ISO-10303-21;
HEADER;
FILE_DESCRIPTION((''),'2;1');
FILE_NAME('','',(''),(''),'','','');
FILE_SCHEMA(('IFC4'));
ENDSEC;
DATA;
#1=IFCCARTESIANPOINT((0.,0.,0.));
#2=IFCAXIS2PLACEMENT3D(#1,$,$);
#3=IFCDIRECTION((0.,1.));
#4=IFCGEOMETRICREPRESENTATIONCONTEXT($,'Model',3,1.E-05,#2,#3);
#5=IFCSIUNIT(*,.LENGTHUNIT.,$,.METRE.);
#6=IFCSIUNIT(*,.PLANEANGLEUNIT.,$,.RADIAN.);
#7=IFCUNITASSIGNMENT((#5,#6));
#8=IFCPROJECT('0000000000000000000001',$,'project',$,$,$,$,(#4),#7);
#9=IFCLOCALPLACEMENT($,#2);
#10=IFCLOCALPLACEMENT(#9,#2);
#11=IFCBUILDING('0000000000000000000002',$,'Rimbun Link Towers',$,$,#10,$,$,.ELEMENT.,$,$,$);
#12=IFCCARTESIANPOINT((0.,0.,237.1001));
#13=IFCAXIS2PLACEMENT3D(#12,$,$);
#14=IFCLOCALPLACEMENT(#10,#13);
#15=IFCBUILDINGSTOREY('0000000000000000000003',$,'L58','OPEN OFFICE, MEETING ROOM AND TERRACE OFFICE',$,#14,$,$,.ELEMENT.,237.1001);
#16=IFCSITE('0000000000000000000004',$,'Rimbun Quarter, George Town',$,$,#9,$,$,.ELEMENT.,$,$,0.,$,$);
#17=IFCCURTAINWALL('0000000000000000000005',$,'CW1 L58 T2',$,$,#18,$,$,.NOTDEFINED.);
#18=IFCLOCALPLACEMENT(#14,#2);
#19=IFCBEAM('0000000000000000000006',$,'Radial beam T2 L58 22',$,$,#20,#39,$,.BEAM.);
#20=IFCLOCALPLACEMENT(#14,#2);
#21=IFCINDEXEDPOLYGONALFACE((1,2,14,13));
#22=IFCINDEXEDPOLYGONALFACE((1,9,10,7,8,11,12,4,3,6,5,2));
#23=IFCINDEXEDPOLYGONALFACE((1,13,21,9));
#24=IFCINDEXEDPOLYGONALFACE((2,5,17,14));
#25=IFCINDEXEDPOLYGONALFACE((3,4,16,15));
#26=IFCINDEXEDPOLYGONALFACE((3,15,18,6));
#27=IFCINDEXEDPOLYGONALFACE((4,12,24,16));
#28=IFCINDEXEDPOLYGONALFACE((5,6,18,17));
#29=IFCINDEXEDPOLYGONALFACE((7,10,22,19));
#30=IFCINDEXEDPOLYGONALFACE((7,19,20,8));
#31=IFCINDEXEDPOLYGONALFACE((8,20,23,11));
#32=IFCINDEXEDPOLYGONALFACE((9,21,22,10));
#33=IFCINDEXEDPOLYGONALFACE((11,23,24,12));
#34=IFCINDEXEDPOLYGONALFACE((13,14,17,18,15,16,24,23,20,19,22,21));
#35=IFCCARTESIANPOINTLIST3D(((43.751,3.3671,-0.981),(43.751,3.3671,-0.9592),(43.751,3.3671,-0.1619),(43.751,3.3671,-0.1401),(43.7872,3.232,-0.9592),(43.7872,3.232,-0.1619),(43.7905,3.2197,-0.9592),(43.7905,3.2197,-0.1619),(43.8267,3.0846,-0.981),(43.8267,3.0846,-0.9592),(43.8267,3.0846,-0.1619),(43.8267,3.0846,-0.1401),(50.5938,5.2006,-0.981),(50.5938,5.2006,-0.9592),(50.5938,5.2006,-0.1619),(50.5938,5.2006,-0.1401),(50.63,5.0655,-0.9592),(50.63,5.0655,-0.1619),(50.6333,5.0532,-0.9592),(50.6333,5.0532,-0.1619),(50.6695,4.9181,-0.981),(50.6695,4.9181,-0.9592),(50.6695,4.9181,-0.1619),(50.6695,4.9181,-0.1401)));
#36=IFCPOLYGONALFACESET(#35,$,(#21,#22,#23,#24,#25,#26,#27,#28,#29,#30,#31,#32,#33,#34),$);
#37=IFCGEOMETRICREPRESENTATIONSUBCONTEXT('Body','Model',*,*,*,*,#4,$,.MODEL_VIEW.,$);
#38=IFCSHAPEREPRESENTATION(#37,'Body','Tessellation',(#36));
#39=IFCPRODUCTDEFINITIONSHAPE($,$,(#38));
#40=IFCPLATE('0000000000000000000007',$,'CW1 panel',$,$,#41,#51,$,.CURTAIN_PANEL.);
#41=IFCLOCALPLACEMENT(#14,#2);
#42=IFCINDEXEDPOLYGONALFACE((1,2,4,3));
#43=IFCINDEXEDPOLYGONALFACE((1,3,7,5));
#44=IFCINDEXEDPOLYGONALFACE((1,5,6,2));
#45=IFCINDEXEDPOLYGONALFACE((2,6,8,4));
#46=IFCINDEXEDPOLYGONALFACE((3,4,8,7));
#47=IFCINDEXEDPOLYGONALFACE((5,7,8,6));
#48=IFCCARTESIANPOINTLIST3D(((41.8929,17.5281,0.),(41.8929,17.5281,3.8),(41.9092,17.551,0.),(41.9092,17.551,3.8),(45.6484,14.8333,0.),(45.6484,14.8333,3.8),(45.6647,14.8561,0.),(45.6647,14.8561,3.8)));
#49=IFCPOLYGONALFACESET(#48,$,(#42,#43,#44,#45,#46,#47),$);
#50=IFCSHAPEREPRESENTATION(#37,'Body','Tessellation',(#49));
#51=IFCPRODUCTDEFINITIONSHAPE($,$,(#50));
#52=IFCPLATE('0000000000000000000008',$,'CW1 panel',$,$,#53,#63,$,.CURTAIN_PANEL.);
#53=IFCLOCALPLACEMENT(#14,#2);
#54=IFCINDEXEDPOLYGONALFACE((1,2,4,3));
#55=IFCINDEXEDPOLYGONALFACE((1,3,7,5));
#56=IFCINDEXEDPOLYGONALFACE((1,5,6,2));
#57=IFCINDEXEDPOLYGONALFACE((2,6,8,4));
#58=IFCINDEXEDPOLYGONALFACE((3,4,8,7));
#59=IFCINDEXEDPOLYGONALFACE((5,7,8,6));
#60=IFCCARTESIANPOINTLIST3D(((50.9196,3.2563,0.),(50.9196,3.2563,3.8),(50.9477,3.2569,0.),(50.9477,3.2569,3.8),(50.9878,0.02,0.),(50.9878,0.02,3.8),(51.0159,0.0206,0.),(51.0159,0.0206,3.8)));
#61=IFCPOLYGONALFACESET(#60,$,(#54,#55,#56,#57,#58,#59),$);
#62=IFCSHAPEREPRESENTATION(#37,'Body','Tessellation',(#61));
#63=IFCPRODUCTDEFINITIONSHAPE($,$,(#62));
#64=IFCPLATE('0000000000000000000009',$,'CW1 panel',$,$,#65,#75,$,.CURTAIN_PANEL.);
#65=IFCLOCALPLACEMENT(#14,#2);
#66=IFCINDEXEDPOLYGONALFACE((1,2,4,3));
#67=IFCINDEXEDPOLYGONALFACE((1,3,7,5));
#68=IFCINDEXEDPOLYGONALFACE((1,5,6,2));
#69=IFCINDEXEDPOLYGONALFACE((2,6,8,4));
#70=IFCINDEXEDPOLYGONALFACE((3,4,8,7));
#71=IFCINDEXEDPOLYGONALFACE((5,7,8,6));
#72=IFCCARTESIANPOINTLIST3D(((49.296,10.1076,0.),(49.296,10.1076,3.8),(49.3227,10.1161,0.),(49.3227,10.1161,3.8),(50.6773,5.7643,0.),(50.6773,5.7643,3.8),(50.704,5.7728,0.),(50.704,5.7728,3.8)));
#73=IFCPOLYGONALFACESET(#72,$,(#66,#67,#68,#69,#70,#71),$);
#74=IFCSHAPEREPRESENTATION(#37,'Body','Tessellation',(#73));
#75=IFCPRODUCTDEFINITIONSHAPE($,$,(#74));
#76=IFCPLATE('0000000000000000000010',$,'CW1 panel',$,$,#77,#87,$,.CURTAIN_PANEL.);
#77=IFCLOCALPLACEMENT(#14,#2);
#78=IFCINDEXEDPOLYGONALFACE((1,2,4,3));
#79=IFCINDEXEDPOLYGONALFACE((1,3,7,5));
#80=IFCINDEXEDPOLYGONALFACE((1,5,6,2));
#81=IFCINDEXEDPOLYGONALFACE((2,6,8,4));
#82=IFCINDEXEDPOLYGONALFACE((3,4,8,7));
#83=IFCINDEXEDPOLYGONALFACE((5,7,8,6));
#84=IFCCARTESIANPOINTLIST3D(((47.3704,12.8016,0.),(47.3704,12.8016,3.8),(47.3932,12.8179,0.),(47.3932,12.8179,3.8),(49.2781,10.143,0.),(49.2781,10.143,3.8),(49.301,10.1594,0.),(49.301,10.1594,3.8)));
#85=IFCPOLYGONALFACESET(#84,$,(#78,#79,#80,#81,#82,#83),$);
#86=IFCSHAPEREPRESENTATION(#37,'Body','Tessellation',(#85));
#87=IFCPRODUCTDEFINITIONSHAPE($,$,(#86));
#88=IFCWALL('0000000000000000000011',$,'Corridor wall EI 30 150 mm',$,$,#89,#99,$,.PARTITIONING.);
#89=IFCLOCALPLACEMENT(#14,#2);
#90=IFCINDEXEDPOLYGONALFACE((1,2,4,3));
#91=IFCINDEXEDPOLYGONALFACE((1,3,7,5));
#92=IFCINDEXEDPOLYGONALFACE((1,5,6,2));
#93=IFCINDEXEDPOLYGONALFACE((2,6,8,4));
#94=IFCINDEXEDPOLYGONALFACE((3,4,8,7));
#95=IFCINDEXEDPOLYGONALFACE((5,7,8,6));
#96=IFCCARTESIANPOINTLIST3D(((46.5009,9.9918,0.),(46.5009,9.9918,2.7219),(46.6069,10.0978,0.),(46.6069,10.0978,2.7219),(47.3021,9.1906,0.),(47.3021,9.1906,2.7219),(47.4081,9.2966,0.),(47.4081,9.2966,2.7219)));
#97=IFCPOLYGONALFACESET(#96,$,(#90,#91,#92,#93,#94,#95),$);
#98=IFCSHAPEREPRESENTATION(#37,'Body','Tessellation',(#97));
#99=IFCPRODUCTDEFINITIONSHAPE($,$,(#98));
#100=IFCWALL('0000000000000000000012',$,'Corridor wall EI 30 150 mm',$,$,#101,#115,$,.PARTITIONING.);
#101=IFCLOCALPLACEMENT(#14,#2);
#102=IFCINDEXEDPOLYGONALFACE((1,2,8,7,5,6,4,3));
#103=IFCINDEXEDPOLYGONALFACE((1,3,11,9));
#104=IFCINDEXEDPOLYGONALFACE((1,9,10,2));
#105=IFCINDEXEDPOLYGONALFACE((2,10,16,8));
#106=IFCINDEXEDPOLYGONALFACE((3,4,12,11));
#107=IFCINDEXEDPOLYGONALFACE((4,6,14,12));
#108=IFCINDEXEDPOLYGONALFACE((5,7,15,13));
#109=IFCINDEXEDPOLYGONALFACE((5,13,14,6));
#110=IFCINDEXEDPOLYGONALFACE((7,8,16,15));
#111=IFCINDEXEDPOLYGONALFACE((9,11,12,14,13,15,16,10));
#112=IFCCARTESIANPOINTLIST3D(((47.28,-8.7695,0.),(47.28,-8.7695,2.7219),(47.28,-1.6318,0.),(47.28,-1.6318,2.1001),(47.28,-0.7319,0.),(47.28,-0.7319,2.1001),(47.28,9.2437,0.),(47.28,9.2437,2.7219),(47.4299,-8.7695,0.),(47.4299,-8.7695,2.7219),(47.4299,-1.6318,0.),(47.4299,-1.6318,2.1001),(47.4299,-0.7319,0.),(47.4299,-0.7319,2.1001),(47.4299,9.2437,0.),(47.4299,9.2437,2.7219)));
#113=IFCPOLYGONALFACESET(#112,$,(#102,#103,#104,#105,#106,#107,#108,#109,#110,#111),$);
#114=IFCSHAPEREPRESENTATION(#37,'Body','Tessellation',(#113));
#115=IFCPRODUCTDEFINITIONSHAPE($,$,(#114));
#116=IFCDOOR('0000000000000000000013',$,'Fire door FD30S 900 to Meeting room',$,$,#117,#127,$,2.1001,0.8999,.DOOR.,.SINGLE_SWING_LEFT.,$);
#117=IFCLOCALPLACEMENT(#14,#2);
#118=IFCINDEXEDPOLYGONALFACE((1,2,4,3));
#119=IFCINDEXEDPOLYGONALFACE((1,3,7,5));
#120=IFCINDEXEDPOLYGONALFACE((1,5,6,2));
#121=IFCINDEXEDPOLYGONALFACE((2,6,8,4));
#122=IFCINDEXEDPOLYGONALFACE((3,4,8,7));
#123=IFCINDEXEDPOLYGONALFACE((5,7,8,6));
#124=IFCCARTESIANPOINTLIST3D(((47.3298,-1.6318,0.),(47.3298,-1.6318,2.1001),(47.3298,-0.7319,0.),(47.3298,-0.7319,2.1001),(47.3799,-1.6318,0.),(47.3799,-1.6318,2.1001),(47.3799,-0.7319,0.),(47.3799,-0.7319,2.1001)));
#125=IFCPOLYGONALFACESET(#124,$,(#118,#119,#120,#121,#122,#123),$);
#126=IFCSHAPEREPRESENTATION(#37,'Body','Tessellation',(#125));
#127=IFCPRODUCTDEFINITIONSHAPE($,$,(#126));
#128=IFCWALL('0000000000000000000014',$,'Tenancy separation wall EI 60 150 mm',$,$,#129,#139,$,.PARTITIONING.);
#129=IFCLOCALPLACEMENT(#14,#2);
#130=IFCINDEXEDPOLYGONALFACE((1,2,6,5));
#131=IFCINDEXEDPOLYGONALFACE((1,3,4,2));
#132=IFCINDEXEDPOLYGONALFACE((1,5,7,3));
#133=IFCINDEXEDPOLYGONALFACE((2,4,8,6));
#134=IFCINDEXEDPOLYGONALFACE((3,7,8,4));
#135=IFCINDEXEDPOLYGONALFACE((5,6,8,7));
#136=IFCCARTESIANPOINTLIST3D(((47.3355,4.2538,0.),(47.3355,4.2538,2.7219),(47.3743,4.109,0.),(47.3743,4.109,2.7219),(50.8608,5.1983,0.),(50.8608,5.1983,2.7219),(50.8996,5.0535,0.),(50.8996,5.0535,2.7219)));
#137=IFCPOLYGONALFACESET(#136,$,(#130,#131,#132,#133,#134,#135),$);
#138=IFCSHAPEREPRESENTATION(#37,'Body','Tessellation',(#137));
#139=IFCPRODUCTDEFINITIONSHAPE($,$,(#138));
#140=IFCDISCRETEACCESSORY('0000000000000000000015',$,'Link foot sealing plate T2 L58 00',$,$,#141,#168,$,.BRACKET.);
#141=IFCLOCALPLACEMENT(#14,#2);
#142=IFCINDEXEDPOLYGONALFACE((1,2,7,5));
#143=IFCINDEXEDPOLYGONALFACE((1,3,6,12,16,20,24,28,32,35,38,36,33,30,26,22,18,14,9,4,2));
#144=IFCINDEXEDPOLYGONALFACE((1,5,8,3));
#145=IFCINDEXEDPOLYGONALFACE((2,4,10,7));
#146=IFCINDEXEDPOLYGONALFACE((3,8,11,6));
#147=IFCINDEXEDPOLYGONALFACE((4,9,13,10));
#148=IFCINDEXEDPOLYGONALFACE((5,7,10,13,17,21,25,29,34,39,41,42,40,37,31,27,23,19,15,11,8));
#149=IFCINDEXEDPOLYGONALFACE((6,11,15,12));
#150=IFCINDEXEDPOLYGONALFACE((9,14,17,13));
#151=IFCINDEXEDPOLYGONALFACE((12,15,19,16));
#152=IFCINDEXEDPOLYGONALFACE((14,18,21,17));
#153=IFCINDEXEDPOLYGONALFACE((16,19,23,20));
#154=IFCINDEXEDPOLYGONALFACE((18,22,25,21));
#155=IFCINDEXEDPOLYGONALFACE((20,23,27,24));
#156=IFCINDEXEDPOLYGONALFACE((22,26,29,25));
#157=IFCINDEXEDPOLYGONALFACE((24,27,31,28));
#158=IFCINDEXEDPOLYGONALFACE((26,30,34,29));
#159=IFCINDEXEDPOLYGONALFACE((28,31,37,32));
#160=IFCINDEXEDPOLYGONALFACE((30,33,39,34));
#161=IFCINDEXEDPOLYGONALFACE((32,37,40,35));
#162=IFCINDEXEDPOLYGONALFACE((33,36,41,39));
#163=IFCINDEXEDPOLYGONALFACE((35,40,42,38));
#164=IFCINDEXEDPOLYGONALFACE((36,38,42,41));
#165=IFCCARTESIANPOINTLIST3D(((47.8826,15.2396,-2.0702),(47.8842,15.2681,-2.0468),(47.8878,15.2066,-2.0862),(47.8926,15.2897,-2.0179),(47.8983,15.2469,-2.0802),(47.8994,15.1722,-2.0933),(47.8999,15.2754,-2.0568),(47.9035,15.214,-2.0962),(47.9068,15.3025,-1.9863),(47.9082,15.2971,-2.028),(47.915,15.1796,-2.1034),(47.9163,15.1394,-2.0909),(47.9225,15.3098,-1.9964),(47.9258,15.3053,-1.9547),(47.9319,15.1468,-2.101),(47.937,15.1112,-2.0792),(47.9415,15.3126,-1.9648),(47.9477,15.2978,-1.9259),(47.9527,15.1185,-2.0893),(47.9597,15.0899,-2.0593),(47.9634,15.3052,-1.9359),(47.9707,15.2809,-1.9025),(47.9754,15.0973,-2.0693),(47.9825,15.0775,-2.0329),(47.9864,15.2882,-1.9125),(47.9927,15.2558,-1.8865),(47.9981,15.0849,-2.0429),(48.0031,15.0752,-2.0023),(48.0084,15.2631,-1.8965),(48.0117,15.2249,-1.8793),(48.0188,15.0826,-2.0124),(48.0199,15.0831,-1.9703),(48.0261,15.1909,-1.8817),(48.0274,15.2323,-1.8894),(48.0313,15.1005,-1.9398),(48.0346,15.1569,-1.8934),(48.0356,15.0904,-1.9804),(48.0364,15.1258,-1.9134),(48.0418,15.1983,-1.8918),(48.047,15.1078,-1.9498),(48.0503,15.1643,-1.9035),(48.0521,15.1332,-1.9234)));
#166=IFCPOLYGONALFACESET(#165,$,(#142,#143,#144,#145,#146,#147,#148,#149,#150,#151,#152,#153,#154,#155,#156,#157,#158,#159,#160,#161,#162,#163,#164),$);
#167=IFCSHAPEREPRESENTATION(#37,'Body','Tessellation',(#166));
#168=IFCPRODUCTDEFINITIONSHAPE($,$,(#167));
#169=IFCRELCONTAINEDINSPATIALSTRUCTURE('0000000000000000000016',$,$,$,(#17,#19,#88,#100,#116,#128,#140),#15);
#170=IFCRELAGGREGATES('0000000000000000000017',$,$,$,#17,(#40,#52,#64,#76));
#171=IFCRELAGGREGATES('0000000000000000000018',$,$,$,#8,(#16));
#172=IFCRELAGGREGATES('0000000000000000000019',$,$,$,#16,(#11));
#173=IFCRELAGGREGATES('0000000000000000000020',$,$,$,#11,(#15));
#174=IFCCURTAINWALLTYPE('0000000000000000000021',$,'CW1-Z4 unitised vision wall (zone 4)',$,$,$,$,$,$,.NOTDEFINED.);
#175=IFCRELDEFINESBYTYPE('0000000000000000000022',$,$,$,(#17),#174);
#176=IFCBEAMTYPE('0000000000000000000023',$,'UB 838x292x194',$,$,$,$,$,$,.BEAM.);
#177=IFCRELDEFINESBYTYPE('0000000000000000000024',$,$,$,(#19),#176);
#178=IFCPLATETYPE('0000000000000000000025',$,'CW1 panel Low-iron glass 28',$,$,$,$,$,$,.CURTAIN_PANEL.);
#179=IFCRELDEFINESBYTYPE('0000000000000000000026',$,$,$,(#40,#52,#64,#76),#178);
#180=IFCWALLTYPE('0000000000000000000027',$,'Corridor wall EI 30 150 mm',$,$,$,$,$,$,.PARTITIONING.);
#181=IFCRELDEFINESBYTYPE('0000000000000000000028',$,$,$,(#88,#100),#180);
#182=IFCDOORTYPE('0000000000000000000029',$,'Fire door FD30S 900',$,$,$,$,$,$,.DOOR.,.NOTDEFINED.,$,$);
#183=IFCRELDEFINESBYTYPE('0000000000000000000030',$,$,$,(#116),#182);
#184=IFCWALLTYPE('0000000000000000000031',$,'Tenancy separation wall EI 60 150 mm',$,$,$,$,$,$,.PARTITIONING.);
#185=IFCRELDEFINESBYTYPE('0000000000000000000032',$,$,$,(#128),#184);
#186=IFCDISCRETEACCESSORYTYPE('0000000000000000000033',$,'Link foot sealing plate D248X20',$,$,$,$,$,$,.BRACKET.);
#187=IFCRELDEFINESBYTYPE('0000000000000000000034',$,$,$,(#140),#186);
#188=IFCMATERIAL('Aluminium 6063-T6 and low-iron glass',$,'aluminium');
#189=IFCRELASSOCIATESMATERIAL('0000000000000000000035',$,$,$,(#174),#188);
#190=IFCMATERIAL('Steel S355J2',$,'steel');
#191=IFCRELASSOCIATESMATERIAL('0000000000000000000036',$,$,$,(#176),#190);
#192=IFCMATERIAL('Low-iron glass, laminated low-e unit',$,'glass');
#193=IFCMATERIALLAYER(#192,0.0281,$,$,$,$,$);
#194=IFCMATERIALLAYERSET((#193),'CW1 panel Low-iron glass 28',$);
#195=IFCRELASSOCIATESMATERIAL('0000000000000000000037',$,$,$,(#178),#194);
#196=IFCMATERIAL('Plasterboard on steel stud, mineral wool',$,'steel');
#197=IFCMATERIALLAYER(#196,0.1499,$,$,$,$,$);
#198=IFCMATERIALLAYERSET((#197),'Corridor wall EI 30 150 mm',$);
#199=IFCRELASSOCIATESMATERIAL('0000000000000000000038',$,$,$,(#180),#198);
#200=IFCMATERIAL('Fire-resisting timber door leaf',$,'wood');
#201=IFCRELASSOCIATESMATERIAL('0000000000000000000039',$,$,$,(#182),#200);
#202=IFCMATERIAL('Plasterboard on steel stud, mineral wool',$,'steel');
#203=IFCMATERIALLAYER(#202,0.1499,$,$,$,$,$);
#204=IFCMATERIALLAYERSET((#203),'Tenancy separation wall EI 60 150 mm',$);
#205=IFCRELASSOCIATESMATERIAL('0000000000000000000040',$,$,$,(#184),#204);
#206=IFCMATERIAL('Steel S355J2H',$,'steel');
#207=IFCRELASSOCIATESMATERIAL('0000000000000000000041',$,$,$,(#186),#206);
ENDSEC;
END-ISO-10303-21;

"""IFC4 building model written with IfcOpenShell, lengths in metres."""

from ifc_helpers import new_model, si_unit, direction, frame, frame_2d, origin, origin_2d, place, context, subcontext, project, spatial, rectangle, circle, i_section, extrude, material, layer, layer_set, material_profile, profile_set, type_object, element, fill, aggregate, save


model = new_model("IFC4")

# Units and contexts
model_context = context("Model", 3, precision=1e-05, world=origin(), true_north=direction((0.0, 1.0)))
body_context = subcontext(model_context, "Body", "Model", "MODEL_VIEW")
ifc_project = project(units=[si_unit("LENGTHUNIT", "METRE"), si_unit("PLANEANGLEUNIT", "RADIAN")], contexts=[model_context])

# Site, building, storey
site_placement = place(None, origin())
site = spatial("IfcSite", under=ifc_project, at=site_placement, Name="Rimbun Quarter, George Town", CompositionType="ELEMENT", RefElevation=0.0)
building_placement = place(site_placement, origin())
building = spatial("IfcBuilding", under=site, at=building_placement, Name="Rimbun Link Towers", CompositionType="ELEMENT")
storey_placement = place(building_placement, frame((0.0, 0.0, 237.1001)))
storey = spatial("IfcBuildingStorey", under=building, at=storey_placement, Name="L58", Description="OPEN OFFICE, MEETING ROOM AND TERRACE OFFICE", CompositionType="ELEMENT", Elevation=237.1001)

# Curtain wall
ifc_material_1 = material(Name="Aluminium 6063-T6 and low-iron glass", Category="aluminium")
curtain_wall_type = type_object("IfcCurtainWallType", Name="CW1-Z4 unitised vision wall (zone 4)", PredefinedType="NOTDEFINED", material=ifc_material_1)
curtain_wall_placement = place(storey_placement, origin())
curtain_wall = element("IfcCurtainWall", 1, at=curtain_wall_placement, inside=storey, type_object=curtain_wall_type, Name="CW1 L58 T2", PredefinedType="NOTDEFINED")

# Beam
ifc_material_2 = material(Name="Steel S355J2", Category="steel")
ifc_material_profile_1 = material_profile(ifc_material_2, i_section(OverallWidth=0.2925, OverallDepth=0.8408, WebThickness=0.0127, FlangeThickness=0.0217, at=origin_2d()), Name="UB 838x292x194")
ifc_profile_set_1 = profile_set([ifc_material_profile_1], Name="Steel S355J2")
beam_type_1 = type_object("IfcBeamType", Name="UB 838x292x194", PredefinedType="BEAM", material=ifc_profile_set_1)
beam_1_placement = place(storey_placement, frame((43.7888, 3.2258, -0.5605), z_axis=(0.965927, 0.258816, 0.0), x_axis=(-0.258816, 0.965927, 0.0)))
element("IfcBeam", 2, at=beam_1_placement, inside=storey, type_object=beam_type_1, Name="Radial beam T2 L58 22", PredefinedType="BEAM", context=body_context, shape_type="SweptSolid", body=[
    extrude(i_section(OverallWidth=0.2925, OverallDepth=0.8408, WebThickness=0.0127, FlangeThickness=0.0217, at=origin_2d()), origin(), (0.0, 0.0, 1.0), 7.0842),
])

# Plates
ifc_material_3 = material(Name="Low-iron glass, laminated low-e unit", Category="glass")
ifc_layer_1 = layer(ifc_material_3, 0.0281)
ifc_layer_set_1 = layer_set([ifc_layer_1], Name="CW1 panel Low-iron glass 28")
plate_type = type_object("IfcPlateType", Name="CW1 panel Low-iron glass 28", PredefinedType="CURTAIN_PANEL", material=ifc_layer_set_1)
plate_1_placement = place(storey_placement, frame((43.7788, 16.1921, 0.0), z_axis=(0.0, 0.0, 1.0), x_axis=(0.81247, -0.583003, 0.0)))
plate_1 = element("IfcPlate", 3, at=plate_1_placement, type_object=plate_type, Name="CW1 panel", PredefinedType="CURTAIN_PANEL", context=body_context, shape_type="SweptSolid", body=[
    extrude(rectangle(XDim=4.6223, YDim=0.0281, at=origin_2d()), origin(), (0.0, 0.0, 1.0), 3.8),
])
plate_2_placement = place(storey_placement, frame((50.9678, 1.6384, 0.0), z_axis=(0.0, 0.0, 1.0), x_axis=(0.021065, -0.999778, 0.0)))
plate_2 = element("IfcPlate", 4, at=plate_2_placement, type_object=plate_type, Name="CW1 panel", PredefinedType="CURTAIN_PANEL", context=body_context, shape_type="SweptSolid", body=[
    extrude(rectangle(XDim=3.2371, YDim=0.0281, at=origin_2d()), origin(), (0.0, 0.0, 1.0), 3.8),
])
plate_3_placement = place(storey_placement, frame((50.0, 7.9402, 0.0), z_axis=(0.0, 0.0, 1.0), x_axis=(0.303072, -0.952968, 0.0)))
plate_3 = element("IfcPlate", 5, at=plate_3_placement, type_object=plate_type, Name="CW1 panel", PredefinedType="CURTAIN_PANEL", context=body_context, shape_type="SweptSolid", body=[
    extrude(rectangle(XDim=4.5576, YDim=0.0281, at=origin_2d()), origin(), (0.0, 0.0, 1.0), 3.8),
])
plate_4_placement = place(storey_placement, frame((48.3357, 11.4805, 0.0), z_axis=(0.0, 0.0, 1.0), x_axis=(0.583003, -0.81247, 0.0)))
plate_4 = element("IfcPlate", 6, at=plate_4_placement, type_object=plate_type, Name="CW1 panel", PredefinedType="CURTAIN_PANEL", context=body_context, shape_type="SweptSolid", body=[
    extrude(rectangle(XDim=3.2722, YDim=0.0281, at=origin_2d()), origin(), (0.0, 0.0, 1.0), 3.8),
])
aggregate(curtain_wall, [plate_1, plate_2, plate_3, plate_4])

# Wall
ifc_material_4 = material(Name="Plasterboard on steel stud, mineral wool", Category="steel")
ifc_layer_2 = layer(ifc_material_4, 0.1499)
ifc_layer_set_2 = layer_set([ifc_layer_2], Name="Corridor wall EI 30 150 mm")
wall_type_1 = type_object("IfcWallType", Name="Corridor wall EI 30 150 mm", PredefinedType="PARTITIONING", material=ifc_layer_set_2)
wall_1_placement = place(storey_placement, frame((47.355, 9.2437, 0.0), z_axis=(0.0, 0.0, 1.0), x_axis=(-0.707107, 0.707107, 0.0)))
element("IfcWall", 7, at=wall_1_placement, inside=storey, type_object=wall_type_1, Name="Corridor wall EI 30 150 mm", PredefinedType="PARTITIONING", context=body_context, shape_type="SweptSolid", body=[
    extrude(rectangle(XDim=1.1331, YDim=0.1499, at=frame_2d((0.5664, 0.0))), origin(), (0.0, 0.0, 1.0), 2.7219),
])

# Wall, opening, door
wall_2_placement = place(storey_placement, frame((47.355, 9.2437, 0.0), z_axis=(0.0, 0.0, 1.0), x_axis=(0.0, -1.0, 0.0)))
wall_2 = element("IfcWall", 8, at=wall_2_placement, inside=storey, type_object=wall_type_1, Name="Corridor wall EI 30 150 mm", PredefinedType="PARTITIONING", context=body_context, shape_type="SweptSolid", body=[
    extrude(rectangle(XDim=18.0132, YDim=0.1499, at=frame_2d((9.0066, 0.0))), origin(), (0.0, 0.0, 1.0), 2.7219),
])
opening_placement = place(wall_2_placement, frame((9.9756, 0.0, 0.0)))
opening = element("IfcOpeningElement", 9, at=opening_placement, cuts=wall_2, PredefinedType="OPENING", context=body_context, shape_type="SweptSolid", body=[
    extrude(rectangle(XDim=0.8999, YDim=2.1001, at=frame_2d((0.45, 1.05))), frame((0.0, 0.085, 0.0), z_axis=(0.0, -1.0, 0.0), x_axis=(1.0, 0.0, 0.0)), (0.0, 0.0, 1.0), 0.1699),
])
ifc_material_5 = material(Name="Fire-resisting timber door leaf", Category="wood")
door_type = type_object("IfcDoorType", Name="Fire door FD30S 900", OperationType="NOTDEFINED", PredefinedType="DOOR", material=ifc_material_5)
door_placement = place(opening_placement, origin())
door = element("IfcDoor", 10, at=door_placement, inside=storey, type_object=door_type, Name="Fire door FD30S 900 to Meeting room", OperationType="SINGLE_SWING_LEFT", OverallHeight=2.1001, OverallWidth=0.8999, PredefinedType="DOOR", context=body_context, shape_type="SweptSolid", body=[
    extrude(rectangle(XDim=0.8999, YDim=2.1001, at=frame_2d((0.45, 1.05))), frame((0.0, 0.0249, 0.0), z_axis=(0.0, -1.0, 0.0), x_axis=(1.0, 0.0, 0.0)), (0.0, 0.0, 1.0), 0.05),
])
fill(opening, door)

# Wall
ifc_material_6 = material(Name="Plasterboard on steel stud, mineral wool", Category="steel")
ifc_layer_3 = layer(ifc_material_6, 0.1499)
ifc_layer_set_3 = layer_set([ifc_layer_3], Name="Tenancy separation wall EI 60 150 mm")
wall_type_2 = type_object("IfcWallType", Name="Tenancy separation wall EI 60 150 mm", PredefinedType="PARTITIONING", material=ifc_layer_set_3)
wall_3_placement = place(storey_placement, frame((47.355, 4.1814, 0.0), z_axis=(0.0, 0.0, 1.0), x_axis=(0.965929, 0.258807, 0.0)))
element("IfcWall", 11, at=wall_3_placement, inside=storey, type_object=wall_type_2, Name="Tenancy separation wall EI 60 150 mm", PredefinedType="PARTITIONING", context=body_context, shape_type="SweptSolid", body=[
    extrude(rectangle(XDim=3.6497, YDim=0.1499, at=frame_2d((1.8247, 0.0))), origin(), (0.0, 0.0, 1.0), 2.7219),
])

# Discrete accessory
ifc_material_7 = material(Name="Steel S355J2H", Category="steel")
ifc_material_profile_2 = material_profile(ifc_material_7, circle(Radius=0.124, at=origin_2d()), Name="PL D248")
ifc_profile_set_2 = profile_set([ifc_material_profile_2], Name="Steel S355J2H")
discrete_accessory_type = type_object("IfcDiscreteAccessoryType", Name="Link foot sealing plate D248X20", PredefinedType="BRACKET", material=ifc_profile_set_2)
for number, where, z_axis, x_axis, name in (
    (12, (47.9595, 15.1902, -1.9863), (0.78323, 0.367139, -0.501757), (-0.424434, 0.905459, 0.0), "Link foot sealing plate T2 L58 00"),
):
    element("IfcDiscreteAccessory", number, at=place(storey_placement, frame(where, z_axis=z_axis, x_axis=x_axis)), inside=storey, type_object=discrete_accessory_type, Name=name, PredefinedType="BRACKET", context=body_context, shape_type="SweptSolid", body=[
        extrude(circle(Radius=0.124, at=origin_2d()), origin(), (0.0, 0.0, 1.0), 0.02),
    ])

save(model, "model.ifc")
